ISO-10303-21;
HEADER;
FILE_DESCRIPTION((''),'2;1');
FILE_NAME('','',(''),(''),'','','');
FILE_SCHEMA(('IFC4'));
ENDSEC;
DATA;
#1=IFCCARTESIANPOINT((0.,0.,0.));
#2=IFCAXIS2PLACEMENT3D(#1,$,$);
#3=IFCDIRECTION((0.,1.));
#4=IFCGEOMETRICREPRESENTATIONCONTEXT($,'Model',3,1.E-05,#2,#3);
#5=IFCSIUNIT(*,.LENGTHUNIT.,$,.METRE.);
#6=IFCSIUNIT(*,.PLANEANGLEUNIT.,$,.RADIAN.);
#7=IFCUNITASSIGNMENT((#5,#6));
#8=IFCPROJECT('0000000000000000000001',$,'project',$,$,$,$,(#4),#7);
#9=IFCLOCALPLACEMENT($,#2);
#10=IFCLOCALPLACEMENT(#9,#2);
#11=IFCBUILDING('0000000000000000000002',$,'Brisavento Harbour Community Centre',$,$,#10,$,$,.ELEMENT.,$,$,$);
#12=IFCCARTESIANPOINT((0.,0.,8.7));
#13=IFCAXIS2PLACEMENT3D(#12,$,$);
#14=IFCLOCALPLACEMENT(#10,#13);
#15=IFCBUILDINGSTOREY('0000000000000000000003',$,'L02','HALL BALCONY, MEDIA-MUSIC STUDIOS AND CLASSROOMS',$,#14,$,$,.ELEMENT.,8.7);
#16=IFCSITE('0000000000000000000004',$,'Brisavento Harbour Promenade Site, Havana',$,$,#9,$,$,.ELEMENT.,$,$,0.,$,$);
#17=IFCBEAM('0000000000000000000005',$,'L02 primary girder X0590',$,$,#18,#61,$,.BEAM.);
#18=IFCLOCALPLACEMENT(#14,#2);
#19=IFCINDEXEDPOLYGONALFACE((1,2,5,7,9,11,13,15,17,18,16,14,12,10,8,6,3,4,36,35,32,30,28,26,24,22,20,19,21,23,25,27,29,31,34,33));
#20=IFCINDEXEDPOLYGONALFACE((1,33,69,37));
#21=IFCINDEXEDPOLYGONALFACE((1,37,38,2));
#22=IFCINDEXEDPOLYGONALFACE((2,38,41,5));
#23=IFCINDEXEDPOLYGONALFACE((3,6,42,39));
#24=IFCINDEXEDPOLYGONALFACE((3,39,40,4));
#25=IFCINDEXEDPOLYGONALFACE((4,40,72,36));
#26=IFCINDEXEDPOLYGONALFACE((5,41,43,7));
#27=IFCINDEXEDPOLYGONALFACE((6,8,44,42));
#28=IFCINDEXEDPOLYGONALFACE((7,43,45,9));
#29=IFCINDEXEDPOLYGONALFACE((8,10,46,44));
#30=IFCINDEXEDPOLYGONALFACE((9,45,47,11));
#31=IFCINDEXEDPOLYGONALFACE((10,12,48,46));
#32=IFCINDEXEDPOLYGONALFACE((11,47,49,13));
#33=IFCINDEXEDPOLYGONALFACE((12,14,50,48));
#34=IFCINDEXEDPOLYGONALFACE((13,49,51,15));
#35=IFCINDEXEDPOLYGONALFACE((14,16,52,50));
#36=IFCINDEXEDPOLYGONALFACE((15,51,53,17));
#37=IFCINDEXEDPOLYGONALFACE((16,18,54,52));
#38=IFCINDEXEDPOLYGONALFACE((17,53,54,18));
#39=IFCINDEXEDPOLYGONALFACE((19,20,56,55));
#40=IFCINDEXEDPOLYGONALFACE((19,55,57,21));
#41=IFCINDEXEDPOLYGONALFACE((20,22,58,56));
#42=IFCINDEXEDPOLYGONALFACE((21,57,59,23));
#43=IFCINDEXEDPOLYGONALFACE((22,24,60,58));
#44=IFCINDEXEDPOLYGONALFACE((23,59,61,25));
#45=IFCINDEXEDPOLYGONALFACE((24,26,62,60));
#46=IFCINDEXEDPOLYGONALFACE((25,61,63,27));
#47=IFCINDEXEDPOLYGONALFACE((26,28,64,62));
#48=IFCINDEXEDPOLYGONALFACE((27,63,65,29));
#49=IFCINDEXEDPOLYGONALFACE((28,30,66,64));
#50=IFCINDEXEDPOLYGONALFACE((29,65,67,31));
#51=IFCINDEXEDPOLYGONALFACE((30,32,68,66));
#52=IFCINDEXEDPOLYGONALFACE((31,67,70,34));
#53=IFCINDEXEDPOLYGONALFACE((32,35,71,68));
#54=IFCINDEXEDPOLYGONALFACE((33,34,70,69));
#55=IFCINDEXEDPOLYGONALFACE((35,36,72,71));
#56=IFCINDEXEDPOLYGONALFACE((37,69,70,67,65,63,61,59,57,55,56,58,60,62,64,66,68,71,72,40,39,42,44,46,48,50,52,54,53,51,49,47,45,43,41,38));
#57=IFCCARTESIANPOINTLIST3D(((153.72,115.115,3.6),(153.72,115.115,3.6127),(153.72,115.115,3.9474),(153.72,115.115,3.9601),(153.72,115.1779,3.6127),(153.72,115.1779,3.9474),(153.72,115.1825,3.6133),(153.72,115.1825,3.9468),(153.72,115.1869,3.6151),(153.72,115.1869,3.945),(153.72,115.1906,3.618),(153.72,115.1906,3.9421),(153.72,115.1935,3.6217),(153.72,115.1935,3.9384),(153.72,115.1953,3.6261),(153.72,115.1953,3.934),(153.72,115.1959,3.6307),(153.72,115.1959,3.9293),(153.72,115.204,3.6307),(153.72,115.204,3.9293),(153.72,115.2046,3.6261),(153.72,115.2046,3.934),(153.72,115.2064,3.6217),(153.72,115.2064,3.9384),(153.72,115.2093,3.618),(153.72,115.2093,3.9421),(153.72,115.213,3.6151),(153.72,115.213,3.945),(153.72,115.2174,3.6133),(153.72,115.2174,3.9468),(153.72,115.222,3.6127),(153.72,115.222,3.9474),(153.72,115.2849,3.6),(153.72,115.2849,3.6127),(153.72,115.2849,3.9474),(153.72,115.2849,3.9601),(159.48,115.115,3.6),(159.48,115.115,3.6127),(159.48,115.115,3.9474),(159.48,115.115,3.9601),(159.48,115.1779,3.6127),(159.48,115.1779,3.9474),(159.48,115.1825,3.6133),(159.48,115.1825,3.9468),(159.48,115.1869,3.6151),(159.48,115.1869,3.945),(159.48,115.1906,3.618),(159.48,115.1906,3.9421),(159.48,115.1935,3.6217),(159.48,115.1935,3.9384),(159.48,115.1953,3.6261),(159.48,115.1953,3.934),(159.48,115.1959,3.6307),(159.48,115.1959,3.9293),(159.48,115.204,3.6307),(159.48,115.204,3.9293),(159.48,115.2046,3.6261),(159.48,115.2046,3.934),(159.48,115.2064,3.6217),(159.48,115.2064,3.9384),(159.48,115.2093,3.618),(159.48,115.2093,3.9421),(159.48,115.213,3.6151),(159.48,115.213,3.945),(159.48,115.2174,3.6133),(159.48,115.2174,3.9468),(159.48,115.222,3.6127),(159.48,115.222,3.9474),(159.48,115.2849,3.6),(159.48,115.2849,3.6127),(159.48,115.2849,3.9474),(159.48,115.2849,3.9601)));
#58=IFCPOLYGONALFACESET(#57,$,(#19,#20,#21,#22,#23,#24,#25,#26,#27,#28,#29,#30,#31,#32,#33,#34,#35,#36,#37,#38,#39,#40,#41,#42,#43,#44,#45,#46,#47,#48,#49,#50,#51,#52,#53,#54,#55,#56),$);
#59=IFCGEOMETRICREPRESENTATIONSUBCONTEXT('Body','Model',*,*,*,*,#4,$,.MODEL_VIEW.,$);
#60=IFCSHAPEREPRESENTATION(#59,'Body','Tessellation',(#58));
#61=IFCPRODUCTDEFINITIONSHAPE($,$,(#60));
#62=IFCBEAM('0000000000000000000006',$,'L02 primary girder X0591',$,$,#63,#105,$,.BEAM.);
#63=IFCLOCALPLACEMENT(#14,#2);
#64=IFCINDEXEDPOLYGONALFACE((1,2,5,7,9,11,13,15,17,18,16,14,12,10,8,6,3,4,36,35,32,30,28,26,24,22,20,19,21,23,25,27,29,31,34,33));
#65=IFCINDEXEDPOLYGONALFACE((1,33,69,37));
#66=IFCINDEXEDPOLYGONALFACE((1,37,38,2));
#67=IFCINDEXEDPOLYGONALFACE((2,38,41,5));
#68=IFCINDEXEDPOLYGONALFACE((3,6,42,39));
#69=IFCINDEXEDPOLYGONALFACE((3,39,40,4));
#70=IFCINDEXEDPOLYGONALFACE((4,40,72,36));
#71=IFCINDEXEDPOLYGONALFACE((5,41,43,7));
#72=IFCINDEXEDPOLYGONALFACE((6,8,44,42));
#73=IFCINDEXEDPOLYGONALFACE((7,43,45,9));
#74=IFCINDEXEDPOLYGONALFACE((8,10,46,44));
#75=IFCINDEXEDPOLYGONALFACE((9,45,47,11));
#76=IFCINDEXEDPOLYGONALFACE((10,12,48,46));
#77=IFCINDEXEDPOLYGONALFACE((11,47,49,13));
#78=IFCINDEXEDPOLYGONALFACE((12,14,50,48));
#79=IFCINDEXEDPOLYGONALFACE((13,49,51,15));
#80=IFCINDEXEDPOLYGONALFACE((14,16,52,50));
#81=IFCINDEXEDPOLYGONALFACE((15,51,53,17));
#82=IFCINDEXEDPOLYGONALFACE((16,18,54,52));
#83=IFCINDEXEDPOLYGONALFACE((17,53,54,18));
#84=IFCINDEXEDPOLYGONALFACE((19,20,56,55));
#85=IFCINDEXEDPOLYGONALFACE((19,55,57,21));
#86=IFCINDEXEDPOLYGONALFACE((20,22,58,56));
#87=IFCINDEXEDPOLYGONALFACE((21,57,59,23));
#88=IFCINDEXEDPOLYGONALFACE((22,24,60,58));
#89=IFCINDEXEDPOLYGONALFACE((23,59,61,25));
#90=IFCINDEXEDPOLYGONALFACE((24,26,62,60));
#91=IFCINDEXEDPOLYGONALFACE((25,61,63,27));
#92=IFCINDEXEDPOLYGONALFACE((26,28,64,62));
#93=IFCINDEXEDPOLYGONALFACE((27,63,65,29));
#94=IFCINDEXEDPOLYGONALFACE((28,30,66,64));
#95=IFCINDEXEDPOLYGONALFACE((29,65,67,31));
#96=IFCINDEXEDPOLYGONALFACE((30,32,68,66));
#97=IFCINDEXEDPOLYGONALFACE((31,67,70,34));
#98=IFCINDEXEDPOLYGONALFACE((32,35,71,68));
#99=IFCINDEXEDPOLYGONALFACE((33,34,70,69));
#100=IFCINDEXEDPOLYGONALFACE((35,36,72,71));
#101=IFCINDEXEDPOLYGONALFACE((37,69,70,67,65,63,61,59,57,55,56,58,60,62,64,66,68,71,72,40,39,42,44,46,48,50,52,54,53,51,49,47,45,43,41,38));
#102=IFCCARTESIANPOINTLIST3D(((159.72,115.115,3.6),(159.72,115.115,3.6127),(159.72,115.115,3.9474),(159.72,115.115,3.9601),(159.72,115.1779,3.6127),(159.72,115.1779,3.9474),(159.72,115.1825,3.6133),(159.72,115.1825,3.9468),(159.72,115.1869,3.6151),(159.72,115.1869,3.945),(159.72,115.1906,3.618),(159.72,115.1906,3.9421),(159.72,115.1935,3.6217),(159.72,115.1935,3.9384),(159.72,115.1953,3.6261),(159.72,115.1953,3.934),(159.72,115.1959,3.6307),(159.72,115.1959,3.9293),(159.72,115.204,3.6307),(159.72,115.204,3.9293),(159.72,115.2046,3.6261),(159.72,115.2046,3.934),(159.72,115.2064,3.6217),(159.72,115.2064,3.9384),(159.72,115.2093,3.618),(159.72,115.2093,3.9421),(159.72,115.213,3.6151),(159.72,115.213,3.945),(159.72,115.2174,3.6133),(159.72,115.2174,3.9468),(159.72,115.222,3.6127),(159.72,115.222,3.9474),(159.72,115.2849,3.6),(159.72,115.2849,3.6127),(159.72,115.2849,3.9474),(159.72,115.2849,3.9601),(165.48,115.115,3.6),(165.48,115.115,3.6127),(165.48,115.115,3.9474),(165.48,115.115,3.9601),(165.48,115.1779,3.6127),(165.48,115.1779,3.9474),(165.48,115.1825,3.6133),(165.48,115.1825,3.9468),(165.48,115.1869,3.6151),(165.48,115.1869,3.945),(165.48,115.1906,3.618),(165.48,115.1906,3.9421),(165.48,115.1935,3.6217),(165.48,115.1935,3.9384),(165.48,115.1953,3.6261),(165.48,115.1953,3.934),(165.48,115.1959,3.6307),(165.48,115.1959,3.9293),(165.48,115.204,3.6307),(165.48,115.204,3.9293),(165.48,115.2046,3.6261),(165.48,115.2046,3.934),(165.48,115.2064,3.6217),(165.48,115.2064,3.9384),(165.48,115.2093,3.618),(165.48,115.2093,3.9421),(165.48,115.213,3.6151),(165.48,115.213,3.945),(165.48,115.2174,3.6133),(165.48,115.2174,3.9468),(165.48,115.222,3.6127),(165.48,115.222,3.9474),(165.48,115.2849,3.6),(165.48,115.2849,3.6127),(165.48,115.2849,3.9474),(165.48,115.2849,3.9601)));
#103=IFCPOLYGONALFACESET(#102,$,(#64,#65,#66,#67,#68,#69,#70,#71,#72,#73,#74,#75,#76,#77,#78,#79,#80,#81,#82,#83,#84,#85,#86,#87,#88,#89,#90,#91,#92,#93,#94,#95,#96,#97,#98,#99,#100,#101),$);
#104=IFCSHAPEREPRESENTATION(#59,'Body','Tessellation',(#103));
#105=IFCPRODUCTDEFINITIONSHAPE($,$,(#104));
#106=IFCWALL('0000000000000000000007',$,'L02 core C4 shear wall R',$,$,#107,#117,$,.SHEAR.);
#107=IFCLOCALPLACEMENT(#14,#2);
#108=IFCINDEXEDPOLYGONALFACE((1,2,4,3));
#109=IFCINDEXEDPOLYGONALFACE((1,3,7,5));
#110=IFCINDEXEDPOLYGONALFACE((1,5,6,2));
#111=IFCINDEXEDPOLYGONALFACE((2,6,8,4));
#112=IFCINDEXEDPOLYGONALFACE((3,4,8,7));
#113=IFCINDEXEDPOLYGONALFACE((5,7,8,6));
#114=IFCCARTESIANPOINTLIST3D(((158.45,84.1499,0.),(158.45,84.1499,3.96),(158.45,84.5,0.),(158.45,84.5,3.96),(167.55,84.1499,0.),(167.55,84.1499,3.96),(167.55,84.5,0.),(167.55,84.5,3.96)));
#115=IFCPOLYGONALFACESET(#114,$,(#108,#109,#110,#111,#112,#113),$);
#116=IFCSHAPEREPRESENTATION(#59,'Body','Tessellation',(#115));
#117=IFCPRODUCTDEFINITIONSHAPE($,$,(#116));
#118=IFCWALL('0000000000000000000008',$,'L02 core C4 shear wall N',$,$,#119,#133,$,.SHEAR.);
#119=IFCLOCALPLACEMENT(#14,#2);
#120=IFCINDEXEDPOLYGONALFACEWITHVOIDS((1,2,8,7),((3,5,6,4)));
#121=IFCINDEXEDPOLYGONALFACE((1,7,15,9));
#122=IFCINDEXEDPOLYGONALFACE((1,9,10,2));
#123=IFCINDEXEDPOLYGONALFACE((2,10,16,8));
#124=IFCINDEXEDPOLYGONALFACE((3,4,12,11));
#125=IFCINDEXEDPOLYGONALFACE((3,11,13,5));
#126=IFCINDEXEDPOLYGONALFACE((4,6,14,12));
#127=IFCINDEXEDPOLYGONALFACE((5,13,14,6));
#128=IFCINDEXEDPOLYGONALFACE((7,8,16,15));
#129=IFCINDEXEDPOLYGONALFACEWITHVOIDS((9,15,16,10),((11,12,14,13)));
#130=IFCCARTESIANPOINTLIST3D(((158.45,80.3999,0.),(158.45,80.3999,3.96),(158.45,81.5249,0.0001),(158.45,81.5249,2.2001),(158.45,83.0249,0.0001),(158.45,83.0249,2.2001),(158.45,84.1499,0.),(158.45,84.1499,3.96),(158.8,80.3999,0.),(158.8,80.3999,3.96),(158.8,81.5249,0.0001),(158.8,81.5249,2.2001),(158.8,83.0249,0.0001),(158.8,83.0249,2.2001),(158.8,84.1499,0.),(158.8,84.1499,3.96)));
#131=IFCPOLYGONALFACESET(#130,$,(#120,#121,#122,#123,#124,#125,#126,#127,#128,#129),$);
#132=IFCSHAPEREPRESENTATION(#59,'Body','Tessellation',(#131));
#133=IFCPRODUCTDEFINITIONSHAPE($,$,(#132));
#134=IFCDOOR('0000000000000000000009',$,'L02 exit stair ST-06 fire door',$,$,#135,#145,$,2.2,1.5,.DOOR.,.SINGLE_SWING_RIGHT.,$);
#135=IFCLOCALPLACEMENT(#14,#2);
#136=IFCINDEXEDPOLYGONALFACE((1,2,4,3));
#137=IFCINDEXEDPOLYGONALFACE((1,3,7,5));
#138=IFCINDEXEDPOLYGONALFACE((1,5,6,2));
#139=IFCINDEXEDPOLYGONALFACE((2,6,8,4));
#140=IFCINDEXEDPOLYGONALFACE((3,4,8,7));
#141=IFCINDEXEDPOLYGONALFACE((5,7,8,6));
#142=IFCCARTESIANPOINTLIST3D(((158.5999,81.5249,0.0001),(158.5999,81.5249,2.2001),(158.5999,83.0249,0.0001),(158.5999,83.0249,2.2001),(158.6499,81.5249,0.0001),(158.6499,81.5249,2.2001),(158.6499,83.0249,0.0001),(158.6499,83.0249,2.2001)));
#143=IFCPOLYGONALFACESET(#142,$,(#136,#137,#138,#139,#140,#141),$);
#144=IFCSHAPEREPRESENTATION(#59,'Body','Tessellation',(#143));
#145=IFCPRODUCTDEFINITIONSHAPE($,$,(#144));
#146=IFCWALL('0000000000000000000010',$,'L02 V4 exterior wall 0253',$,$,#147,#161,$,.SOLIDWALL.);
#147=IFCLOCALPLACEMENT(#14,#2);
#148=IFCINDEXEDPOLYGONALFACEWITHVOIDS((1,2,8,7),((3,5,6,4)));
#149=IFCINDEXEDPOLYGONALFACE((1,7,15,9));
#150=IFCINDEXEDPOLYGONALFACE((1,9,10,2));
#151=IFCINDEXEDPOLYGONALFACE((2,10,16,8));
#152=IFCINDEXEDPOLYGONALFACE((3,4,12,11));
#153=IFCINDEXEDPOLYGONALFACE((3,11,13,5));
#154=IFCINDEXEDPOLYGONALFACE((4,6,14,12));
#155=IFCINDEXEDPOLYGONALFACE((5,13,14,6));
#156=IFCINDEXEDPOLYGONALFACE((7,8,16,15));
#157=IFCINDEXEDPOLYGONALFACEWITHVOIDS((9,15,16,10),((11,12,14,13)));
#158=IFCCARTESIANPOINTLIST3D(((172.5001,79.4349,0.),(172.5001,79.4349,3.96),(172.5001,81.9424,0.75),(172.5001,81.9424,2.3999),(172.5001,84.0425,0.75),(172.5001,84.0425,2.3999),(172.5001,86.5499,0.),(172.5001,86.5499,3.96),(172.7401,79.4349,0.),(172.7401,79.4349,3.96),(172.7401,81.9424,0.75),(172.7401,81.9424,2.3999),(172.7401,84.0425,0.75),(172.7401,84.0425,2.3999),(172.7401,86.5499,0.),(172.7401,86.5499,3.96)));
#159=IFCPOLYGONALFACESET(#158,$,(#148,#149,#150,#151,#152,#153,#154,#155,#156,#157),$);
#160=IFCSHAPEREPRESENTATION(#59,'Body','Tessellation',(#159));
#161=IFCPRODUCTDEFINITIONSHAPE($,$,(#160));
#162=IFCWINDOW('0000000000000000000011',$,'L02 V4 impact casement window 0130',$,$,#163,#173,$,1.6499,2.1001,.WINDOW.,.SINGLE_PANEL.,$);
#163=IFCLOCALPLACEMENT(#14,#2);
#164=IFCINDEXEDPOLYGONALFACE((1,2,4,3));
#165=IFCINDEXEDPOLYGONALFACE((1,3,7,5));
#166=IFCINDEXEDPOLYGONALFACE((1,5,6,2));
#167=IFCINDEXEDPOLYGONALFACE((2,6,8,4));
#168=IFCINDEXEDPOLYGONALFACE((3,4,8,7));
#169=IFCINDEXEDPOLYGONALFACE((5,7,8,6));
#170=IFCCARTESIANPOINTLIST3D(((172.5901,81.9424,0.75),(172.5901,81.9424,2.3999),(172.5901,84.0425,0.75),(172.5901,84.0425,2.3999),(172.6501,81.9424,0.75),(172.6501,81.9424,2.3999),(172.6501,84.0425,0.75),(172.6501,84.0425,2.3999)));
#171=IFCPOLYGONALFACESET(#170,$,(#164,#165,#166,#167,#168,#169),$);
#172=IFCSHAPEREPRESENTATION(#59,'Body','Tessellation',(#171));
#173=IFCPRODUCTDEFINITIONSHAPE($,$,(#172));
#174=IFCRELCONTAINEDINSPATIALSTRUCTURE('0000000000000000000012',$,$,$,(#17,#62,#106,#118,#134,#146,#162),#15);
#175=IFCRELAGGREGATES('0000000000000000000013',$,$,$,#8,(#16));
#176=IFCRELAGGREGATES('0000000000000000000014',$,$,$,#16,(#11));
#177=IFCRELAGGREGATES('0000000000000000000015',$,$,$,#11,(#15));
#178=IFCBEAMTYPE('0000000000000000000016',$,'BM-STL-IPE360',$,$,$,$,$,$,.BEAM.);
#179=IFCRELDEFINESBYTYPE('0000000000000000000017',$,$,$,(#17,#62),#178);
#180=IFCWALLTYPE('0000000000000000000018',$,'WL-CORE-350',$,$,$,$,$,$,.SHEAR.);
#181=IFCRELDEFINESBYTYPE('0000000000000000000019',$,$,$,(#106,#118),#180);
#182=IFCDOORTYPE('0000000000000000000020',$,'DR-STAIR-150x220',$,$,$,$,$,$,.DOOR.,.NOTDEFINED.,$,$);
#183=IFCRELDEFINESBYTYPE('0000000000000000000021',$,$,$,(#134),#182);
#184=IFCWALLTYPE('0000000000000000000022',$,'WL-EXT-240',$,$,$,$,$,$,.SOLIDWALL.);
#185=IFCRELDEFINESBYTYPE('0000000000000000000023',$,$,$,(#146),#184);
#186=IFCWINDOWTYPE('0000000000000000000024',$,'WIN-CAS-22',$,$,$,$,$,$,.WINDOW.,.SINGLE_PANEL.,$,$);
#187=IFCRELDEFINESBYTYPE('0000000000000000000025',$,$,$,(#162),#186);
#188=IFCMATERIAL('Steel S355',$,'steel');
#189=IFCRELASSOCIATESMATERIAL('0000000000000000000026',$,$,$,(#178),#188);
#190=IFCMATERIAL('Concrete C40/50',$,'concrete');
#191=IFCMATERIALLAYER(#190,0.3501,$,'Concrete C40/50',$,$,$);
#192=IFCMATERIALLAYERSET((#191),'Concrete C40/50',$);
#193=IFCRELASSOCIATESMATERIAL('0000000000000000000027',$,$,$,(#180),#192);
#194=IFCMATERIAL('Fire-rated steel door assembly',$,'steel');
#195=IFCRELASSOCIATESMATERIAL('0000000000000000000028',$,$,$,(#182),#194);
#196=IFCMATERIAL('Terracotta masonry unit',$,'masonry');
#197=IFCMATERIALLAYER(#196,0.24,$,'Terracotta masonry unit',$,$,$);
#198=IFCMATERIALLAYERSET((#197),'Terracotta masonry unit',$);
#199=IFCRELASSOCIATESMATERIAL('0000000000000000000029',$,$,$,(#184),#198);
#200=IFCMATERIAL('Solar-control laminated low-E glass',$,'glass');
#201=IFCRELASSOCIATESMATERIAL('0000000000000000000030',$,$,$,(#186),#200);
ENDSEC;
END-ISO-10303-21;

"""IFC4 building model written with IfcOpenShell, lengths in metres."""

from ifc_helpers import new_model, si_unit, direction, frame, frame_2d, origin, origin_2d, place, context, subcontext, project, spatial, rectangle, i_section, extrude, material, layer, layer_set, material_profile, profile_set, type_object, element, fill, save


model = new_model("IFC4")

# Units and contexts
model_context = context("Model", 3, precision=1e-05, world=origin(), true_north=direction((0.0, 1.0)))
body_context = subcontext(model_context, "Body", "Model", "MODEL_VIEW")
ifc_project = project(units=[si_unit("LENGTHUNIT", "METRE"), si_unit("PLANEANGLEUNIT", "RADIAN")], contexts=[model_context])

# Site, building, storey
site_placement = place(None, origin())
site = spatial("IfcSite", under=ifc_project, at=site_placement, Name="Brisavento Harbour Promenade Site, Havana", CompositionType="ELEMENT", RefElevation=0.0)
building_placement = place(site_placement, origin())
building = spatial("IfcBuilding", under=site, at=building_placement, Name="Brisavento Harbour Community Centre", CompositionType="ELEMENT")
storey_placement = place(building_placement, frame((0.0, 0.0, 8.7)))
storey = spatial("IfcBuildingStorey", under=building, at=storey_placement, Name="L02", Description="HALL BALCONY, MEDIA-MUSIC STUDIOS AND CLASSROOMS", CompositionType="ELEMENT", Elevation=8.7)

# Shared definitions
ifc_material_1 = material(Name="Steel S355", Category="steel")

# Beams
ifc_material_profile_1 = material_profile(ifc_material_1, i_section(OverallWidth=0.1699, OverallDepth=0.3601, WebThickness=0.0081, FlangeThickness=0.0127, FilletRadius=0.0181, at=origin_2d()), Name="Steel S355")
ifc_profile_set_1 = profile_set([ifc_material_profile_1], Name="Steel S355")
beam_type_1 = type_object("IfcBeamType", Name="BM-STL-IPE360", PredefinedType="BEAM", material=ifc_profile_set_1)
for number, where, z_axis, x_axis, name in (
    (1, (153.72, 115.2, 3.78), (1.0, 0.0, 0.0), (0.0, 1.0, 0.0), "L02 primary girder X0590"),
    (2, (159.72, 115.2, 3.78), (1.0, 0.0, 0.0), (0.0, 1.0, 0.0), "L02 primary girder X0591"),
):
    element("IfcBeam", number, at=place(storey_placement, frame(where, z_axis=z_axis, x_axis=x_axis)), inside=storey, type_object=beam_type_1, Name=name, PredefinedType="BEAM", context=body_context, shape_type="SweptSolid", body=[
        extrude(i_section(OverallWidth=0.1699, OverallDepth=0.3601, WebThickness=0.0081, FlangeThickness=0.0127, FilletRadius=0.0181, at=origin_2d()), origin(), (0.0, 0.0, 1.0), 5.76),
    ])

# Wall
ifc_material_2 = material(Name="Concrete C40/50", Category="concrete")
ifc_layer_1 = layer(ifc_material_2, 0.3501, Name="Concrete C40/50")
ifc_layer_set_1 = layer_set([ifc_layer_1], Name="Concrete C40/50")
wall_type_1 = type_object("IfcWallType", Name="WL-CORE-350", PredefinedType="SHEAR", material=ifc_layer_set_1)
wall_1_placement = place(storey_placement, frame((167.55, 84.325, 0.0), z_axis=(0.0, 0.0, 1.0), x_axis=(-1.0, 0.0, 0.0)))
element("IfcWall", 3, at=wall_1_placement, inside=storey, type_object=wall_type_1, Name="L02 core C4 shear wall R", PredefinedType="SHEAR", context=body_context, shape_type="SweptSolid", body=[
    extrude(rectangle(XDim=9.1001, YDim=0.3501, at=frame_2d((4.55, 0.0))), origin(), (0.0, 0.0, 1.0), 3.96),
])

# Wall, opening, door
wall_2_placement = place(storey_placement, frame((158.625, 84.1499, 0.0), z_axis=(0.0, 0.0, 1.0), x_axis=(0.0, -1.0, 0.0)))
wall_2 = element("IfcWall", 4, at=wall_2_placement, inside=storey, type_object=wall_type_1, Name="L02 core C4 shear wall N", PredefinedType="SHEAR", context=body_context, shape_type="SweptSolid", body=[
    extrude(rectangle(XDim=3.75, YDim=0.3501, at=frame_2d((1.875, 0.0))), origin(), (0.0, 0.0, 1.0), 3.96),
])
opening_1_placement = place(wall_2_placement, frame((1.125, 0.0, 0.0)))
opening_1 = element("IfcOpeningElement", 5, at=opening_1_placement, cuts=wall_2, PredefinedType="OPENING", context=body_context, shape_type="SweptSolid", body=[
    extrude(rectangle(XDim=1.5, YDim=2.2, at=frame_2d((0.75, 1.1001))), frame((0.0, 0.1851, 0.0), z_axis=(0.0, -1.0, 0.0), x_axis=(1.0, 0.0, 0.0)), (0.0, 0.0, 1.0), 0.3701),
])
ifc_material_3 = material(Name="Fire-rated steel door assembly", Category="steel")
door_type_1 = type_object("IfcDoorType", Name="DR-STAIR-150x220", OperationType="NOTDEFINED", PredefinedType="DOOR", material=ifc_material_3)
door_1_placement = place(opening_1_placement, origin())
door_1 = element("IfcDoor", 6, at=door_1_placement, inside=storey, type_object=door_type_1, Name="L02 exit stair ST-06 fire door", OperationType="SINGLE_SWING_RIGHT", OverallHeight=2.2, OverallWidth=1.5, PredefinedType="DOOR", context=body_context, shape_type="SweptSolid", body=[
    extrude(rectangle(XDim=1.5, YDim=2.2, at=frame_2d((0.75, 1.1001))), frame((0.0, 0.0249, 0.0), z_axis=(0.0, -1.0, 0.0), x_axis=(1.0, 0.0, 0.0)), (0.0, 0.0, 1.0), 0.05),
])
fill(opening_1, door_1)

# Wall, opening, window
ifc_material_4 = material(Name="Terracotta masonry unit", Category="masonry")
ifc_layer_2 = layer(ifc_material_4, 0.24, Name="Terracotta masonry unit")
ifc_layer_set_2 = layer_set([ifc_layer_2], Name="Terracotta masonry unit")
wall_type_2 = type_object("IfcWallType", Name="WL-EXT-240", PredefinedType="SOLIDWALL", material=ifc_layer_set_2)
wall_3_placement = place(storey_placement, frame((172.6201, 86.55, 0.0), z_axis=(0.0, 0.0, 1.0), x_axis=(0.0, -1.0, 0.0)))
wall_3 = element("IfcWall", 7, at=wall_3_placement, inside=storey, type_object=wall_type_2, Name="L02 V4 exterior wall 0253", PredefinedType="SOLIDWALL", context=body_context, shape_type="SweptSolid", body=[
    extrude(rectangle(XDim=7.115, YDim=0.24, at=frame_2d((3.5576, 0.0))), origin(), (0.0, 0.0, 1.0), 3.96),
])
opening_2_placement = place(wall_3_placement, frame((2.5076, 0.0, 0.75)))
opening_2 = element("IfcOpeningElement", 8, at=opening_2_placement, cuts=wall_3, PredefinedType="OPENING", context=body_context, shape_type="SweptSolid", body=[
    extrude(rectangle(XDim=2.1001, YDim=1.6499, at=frame_2d((1.05, 0.825))), frame((0.0, 0.1299, 0.0), z_axis=(0.0, -1.0, 0.0), x_axis=(1.0, 0.0, 0.0)), (0.0, 0.0, 1.0), 0.26),
])
ifc_material_5 = material(Name="Solar-control laminated low-E glass", Category="glass")
window_type_1 = type_object("IfcWindowType", Name="WIN-CAS-22", PartitioningType="SINGLE_PANEL", PredefinedType="WINDOW", material=ifc_material_5)
window_1_placement = place(opening_2_placement, origin())
window_1 = element("IfcWindow", 9, at=window_1_placement, inside=storey, type_object=window_type_1, Name="L02 V4 impact casement window 0130", OverallHeight=1.6499, OverallWidth=2.1001, PartitioningType="SINGLE_PANEL", PredefinedType="WINDOW", context=body_context, shape_type="SweptSolid", body=[
    extrude(rectangle(XDim=2.1001, YDim=1.6499, at=frame_2d((1.05, 0.825))), frame((0.0, 0.03, 0.0), z_axis=(0.0, -1.0, 0.0), x_axis=(1.0, 0.0, 0.0)), (0.0, 0.0, 1.0), 0.0601),
])
fill(opening_2, window_1)

save(model, "model.ifc")
